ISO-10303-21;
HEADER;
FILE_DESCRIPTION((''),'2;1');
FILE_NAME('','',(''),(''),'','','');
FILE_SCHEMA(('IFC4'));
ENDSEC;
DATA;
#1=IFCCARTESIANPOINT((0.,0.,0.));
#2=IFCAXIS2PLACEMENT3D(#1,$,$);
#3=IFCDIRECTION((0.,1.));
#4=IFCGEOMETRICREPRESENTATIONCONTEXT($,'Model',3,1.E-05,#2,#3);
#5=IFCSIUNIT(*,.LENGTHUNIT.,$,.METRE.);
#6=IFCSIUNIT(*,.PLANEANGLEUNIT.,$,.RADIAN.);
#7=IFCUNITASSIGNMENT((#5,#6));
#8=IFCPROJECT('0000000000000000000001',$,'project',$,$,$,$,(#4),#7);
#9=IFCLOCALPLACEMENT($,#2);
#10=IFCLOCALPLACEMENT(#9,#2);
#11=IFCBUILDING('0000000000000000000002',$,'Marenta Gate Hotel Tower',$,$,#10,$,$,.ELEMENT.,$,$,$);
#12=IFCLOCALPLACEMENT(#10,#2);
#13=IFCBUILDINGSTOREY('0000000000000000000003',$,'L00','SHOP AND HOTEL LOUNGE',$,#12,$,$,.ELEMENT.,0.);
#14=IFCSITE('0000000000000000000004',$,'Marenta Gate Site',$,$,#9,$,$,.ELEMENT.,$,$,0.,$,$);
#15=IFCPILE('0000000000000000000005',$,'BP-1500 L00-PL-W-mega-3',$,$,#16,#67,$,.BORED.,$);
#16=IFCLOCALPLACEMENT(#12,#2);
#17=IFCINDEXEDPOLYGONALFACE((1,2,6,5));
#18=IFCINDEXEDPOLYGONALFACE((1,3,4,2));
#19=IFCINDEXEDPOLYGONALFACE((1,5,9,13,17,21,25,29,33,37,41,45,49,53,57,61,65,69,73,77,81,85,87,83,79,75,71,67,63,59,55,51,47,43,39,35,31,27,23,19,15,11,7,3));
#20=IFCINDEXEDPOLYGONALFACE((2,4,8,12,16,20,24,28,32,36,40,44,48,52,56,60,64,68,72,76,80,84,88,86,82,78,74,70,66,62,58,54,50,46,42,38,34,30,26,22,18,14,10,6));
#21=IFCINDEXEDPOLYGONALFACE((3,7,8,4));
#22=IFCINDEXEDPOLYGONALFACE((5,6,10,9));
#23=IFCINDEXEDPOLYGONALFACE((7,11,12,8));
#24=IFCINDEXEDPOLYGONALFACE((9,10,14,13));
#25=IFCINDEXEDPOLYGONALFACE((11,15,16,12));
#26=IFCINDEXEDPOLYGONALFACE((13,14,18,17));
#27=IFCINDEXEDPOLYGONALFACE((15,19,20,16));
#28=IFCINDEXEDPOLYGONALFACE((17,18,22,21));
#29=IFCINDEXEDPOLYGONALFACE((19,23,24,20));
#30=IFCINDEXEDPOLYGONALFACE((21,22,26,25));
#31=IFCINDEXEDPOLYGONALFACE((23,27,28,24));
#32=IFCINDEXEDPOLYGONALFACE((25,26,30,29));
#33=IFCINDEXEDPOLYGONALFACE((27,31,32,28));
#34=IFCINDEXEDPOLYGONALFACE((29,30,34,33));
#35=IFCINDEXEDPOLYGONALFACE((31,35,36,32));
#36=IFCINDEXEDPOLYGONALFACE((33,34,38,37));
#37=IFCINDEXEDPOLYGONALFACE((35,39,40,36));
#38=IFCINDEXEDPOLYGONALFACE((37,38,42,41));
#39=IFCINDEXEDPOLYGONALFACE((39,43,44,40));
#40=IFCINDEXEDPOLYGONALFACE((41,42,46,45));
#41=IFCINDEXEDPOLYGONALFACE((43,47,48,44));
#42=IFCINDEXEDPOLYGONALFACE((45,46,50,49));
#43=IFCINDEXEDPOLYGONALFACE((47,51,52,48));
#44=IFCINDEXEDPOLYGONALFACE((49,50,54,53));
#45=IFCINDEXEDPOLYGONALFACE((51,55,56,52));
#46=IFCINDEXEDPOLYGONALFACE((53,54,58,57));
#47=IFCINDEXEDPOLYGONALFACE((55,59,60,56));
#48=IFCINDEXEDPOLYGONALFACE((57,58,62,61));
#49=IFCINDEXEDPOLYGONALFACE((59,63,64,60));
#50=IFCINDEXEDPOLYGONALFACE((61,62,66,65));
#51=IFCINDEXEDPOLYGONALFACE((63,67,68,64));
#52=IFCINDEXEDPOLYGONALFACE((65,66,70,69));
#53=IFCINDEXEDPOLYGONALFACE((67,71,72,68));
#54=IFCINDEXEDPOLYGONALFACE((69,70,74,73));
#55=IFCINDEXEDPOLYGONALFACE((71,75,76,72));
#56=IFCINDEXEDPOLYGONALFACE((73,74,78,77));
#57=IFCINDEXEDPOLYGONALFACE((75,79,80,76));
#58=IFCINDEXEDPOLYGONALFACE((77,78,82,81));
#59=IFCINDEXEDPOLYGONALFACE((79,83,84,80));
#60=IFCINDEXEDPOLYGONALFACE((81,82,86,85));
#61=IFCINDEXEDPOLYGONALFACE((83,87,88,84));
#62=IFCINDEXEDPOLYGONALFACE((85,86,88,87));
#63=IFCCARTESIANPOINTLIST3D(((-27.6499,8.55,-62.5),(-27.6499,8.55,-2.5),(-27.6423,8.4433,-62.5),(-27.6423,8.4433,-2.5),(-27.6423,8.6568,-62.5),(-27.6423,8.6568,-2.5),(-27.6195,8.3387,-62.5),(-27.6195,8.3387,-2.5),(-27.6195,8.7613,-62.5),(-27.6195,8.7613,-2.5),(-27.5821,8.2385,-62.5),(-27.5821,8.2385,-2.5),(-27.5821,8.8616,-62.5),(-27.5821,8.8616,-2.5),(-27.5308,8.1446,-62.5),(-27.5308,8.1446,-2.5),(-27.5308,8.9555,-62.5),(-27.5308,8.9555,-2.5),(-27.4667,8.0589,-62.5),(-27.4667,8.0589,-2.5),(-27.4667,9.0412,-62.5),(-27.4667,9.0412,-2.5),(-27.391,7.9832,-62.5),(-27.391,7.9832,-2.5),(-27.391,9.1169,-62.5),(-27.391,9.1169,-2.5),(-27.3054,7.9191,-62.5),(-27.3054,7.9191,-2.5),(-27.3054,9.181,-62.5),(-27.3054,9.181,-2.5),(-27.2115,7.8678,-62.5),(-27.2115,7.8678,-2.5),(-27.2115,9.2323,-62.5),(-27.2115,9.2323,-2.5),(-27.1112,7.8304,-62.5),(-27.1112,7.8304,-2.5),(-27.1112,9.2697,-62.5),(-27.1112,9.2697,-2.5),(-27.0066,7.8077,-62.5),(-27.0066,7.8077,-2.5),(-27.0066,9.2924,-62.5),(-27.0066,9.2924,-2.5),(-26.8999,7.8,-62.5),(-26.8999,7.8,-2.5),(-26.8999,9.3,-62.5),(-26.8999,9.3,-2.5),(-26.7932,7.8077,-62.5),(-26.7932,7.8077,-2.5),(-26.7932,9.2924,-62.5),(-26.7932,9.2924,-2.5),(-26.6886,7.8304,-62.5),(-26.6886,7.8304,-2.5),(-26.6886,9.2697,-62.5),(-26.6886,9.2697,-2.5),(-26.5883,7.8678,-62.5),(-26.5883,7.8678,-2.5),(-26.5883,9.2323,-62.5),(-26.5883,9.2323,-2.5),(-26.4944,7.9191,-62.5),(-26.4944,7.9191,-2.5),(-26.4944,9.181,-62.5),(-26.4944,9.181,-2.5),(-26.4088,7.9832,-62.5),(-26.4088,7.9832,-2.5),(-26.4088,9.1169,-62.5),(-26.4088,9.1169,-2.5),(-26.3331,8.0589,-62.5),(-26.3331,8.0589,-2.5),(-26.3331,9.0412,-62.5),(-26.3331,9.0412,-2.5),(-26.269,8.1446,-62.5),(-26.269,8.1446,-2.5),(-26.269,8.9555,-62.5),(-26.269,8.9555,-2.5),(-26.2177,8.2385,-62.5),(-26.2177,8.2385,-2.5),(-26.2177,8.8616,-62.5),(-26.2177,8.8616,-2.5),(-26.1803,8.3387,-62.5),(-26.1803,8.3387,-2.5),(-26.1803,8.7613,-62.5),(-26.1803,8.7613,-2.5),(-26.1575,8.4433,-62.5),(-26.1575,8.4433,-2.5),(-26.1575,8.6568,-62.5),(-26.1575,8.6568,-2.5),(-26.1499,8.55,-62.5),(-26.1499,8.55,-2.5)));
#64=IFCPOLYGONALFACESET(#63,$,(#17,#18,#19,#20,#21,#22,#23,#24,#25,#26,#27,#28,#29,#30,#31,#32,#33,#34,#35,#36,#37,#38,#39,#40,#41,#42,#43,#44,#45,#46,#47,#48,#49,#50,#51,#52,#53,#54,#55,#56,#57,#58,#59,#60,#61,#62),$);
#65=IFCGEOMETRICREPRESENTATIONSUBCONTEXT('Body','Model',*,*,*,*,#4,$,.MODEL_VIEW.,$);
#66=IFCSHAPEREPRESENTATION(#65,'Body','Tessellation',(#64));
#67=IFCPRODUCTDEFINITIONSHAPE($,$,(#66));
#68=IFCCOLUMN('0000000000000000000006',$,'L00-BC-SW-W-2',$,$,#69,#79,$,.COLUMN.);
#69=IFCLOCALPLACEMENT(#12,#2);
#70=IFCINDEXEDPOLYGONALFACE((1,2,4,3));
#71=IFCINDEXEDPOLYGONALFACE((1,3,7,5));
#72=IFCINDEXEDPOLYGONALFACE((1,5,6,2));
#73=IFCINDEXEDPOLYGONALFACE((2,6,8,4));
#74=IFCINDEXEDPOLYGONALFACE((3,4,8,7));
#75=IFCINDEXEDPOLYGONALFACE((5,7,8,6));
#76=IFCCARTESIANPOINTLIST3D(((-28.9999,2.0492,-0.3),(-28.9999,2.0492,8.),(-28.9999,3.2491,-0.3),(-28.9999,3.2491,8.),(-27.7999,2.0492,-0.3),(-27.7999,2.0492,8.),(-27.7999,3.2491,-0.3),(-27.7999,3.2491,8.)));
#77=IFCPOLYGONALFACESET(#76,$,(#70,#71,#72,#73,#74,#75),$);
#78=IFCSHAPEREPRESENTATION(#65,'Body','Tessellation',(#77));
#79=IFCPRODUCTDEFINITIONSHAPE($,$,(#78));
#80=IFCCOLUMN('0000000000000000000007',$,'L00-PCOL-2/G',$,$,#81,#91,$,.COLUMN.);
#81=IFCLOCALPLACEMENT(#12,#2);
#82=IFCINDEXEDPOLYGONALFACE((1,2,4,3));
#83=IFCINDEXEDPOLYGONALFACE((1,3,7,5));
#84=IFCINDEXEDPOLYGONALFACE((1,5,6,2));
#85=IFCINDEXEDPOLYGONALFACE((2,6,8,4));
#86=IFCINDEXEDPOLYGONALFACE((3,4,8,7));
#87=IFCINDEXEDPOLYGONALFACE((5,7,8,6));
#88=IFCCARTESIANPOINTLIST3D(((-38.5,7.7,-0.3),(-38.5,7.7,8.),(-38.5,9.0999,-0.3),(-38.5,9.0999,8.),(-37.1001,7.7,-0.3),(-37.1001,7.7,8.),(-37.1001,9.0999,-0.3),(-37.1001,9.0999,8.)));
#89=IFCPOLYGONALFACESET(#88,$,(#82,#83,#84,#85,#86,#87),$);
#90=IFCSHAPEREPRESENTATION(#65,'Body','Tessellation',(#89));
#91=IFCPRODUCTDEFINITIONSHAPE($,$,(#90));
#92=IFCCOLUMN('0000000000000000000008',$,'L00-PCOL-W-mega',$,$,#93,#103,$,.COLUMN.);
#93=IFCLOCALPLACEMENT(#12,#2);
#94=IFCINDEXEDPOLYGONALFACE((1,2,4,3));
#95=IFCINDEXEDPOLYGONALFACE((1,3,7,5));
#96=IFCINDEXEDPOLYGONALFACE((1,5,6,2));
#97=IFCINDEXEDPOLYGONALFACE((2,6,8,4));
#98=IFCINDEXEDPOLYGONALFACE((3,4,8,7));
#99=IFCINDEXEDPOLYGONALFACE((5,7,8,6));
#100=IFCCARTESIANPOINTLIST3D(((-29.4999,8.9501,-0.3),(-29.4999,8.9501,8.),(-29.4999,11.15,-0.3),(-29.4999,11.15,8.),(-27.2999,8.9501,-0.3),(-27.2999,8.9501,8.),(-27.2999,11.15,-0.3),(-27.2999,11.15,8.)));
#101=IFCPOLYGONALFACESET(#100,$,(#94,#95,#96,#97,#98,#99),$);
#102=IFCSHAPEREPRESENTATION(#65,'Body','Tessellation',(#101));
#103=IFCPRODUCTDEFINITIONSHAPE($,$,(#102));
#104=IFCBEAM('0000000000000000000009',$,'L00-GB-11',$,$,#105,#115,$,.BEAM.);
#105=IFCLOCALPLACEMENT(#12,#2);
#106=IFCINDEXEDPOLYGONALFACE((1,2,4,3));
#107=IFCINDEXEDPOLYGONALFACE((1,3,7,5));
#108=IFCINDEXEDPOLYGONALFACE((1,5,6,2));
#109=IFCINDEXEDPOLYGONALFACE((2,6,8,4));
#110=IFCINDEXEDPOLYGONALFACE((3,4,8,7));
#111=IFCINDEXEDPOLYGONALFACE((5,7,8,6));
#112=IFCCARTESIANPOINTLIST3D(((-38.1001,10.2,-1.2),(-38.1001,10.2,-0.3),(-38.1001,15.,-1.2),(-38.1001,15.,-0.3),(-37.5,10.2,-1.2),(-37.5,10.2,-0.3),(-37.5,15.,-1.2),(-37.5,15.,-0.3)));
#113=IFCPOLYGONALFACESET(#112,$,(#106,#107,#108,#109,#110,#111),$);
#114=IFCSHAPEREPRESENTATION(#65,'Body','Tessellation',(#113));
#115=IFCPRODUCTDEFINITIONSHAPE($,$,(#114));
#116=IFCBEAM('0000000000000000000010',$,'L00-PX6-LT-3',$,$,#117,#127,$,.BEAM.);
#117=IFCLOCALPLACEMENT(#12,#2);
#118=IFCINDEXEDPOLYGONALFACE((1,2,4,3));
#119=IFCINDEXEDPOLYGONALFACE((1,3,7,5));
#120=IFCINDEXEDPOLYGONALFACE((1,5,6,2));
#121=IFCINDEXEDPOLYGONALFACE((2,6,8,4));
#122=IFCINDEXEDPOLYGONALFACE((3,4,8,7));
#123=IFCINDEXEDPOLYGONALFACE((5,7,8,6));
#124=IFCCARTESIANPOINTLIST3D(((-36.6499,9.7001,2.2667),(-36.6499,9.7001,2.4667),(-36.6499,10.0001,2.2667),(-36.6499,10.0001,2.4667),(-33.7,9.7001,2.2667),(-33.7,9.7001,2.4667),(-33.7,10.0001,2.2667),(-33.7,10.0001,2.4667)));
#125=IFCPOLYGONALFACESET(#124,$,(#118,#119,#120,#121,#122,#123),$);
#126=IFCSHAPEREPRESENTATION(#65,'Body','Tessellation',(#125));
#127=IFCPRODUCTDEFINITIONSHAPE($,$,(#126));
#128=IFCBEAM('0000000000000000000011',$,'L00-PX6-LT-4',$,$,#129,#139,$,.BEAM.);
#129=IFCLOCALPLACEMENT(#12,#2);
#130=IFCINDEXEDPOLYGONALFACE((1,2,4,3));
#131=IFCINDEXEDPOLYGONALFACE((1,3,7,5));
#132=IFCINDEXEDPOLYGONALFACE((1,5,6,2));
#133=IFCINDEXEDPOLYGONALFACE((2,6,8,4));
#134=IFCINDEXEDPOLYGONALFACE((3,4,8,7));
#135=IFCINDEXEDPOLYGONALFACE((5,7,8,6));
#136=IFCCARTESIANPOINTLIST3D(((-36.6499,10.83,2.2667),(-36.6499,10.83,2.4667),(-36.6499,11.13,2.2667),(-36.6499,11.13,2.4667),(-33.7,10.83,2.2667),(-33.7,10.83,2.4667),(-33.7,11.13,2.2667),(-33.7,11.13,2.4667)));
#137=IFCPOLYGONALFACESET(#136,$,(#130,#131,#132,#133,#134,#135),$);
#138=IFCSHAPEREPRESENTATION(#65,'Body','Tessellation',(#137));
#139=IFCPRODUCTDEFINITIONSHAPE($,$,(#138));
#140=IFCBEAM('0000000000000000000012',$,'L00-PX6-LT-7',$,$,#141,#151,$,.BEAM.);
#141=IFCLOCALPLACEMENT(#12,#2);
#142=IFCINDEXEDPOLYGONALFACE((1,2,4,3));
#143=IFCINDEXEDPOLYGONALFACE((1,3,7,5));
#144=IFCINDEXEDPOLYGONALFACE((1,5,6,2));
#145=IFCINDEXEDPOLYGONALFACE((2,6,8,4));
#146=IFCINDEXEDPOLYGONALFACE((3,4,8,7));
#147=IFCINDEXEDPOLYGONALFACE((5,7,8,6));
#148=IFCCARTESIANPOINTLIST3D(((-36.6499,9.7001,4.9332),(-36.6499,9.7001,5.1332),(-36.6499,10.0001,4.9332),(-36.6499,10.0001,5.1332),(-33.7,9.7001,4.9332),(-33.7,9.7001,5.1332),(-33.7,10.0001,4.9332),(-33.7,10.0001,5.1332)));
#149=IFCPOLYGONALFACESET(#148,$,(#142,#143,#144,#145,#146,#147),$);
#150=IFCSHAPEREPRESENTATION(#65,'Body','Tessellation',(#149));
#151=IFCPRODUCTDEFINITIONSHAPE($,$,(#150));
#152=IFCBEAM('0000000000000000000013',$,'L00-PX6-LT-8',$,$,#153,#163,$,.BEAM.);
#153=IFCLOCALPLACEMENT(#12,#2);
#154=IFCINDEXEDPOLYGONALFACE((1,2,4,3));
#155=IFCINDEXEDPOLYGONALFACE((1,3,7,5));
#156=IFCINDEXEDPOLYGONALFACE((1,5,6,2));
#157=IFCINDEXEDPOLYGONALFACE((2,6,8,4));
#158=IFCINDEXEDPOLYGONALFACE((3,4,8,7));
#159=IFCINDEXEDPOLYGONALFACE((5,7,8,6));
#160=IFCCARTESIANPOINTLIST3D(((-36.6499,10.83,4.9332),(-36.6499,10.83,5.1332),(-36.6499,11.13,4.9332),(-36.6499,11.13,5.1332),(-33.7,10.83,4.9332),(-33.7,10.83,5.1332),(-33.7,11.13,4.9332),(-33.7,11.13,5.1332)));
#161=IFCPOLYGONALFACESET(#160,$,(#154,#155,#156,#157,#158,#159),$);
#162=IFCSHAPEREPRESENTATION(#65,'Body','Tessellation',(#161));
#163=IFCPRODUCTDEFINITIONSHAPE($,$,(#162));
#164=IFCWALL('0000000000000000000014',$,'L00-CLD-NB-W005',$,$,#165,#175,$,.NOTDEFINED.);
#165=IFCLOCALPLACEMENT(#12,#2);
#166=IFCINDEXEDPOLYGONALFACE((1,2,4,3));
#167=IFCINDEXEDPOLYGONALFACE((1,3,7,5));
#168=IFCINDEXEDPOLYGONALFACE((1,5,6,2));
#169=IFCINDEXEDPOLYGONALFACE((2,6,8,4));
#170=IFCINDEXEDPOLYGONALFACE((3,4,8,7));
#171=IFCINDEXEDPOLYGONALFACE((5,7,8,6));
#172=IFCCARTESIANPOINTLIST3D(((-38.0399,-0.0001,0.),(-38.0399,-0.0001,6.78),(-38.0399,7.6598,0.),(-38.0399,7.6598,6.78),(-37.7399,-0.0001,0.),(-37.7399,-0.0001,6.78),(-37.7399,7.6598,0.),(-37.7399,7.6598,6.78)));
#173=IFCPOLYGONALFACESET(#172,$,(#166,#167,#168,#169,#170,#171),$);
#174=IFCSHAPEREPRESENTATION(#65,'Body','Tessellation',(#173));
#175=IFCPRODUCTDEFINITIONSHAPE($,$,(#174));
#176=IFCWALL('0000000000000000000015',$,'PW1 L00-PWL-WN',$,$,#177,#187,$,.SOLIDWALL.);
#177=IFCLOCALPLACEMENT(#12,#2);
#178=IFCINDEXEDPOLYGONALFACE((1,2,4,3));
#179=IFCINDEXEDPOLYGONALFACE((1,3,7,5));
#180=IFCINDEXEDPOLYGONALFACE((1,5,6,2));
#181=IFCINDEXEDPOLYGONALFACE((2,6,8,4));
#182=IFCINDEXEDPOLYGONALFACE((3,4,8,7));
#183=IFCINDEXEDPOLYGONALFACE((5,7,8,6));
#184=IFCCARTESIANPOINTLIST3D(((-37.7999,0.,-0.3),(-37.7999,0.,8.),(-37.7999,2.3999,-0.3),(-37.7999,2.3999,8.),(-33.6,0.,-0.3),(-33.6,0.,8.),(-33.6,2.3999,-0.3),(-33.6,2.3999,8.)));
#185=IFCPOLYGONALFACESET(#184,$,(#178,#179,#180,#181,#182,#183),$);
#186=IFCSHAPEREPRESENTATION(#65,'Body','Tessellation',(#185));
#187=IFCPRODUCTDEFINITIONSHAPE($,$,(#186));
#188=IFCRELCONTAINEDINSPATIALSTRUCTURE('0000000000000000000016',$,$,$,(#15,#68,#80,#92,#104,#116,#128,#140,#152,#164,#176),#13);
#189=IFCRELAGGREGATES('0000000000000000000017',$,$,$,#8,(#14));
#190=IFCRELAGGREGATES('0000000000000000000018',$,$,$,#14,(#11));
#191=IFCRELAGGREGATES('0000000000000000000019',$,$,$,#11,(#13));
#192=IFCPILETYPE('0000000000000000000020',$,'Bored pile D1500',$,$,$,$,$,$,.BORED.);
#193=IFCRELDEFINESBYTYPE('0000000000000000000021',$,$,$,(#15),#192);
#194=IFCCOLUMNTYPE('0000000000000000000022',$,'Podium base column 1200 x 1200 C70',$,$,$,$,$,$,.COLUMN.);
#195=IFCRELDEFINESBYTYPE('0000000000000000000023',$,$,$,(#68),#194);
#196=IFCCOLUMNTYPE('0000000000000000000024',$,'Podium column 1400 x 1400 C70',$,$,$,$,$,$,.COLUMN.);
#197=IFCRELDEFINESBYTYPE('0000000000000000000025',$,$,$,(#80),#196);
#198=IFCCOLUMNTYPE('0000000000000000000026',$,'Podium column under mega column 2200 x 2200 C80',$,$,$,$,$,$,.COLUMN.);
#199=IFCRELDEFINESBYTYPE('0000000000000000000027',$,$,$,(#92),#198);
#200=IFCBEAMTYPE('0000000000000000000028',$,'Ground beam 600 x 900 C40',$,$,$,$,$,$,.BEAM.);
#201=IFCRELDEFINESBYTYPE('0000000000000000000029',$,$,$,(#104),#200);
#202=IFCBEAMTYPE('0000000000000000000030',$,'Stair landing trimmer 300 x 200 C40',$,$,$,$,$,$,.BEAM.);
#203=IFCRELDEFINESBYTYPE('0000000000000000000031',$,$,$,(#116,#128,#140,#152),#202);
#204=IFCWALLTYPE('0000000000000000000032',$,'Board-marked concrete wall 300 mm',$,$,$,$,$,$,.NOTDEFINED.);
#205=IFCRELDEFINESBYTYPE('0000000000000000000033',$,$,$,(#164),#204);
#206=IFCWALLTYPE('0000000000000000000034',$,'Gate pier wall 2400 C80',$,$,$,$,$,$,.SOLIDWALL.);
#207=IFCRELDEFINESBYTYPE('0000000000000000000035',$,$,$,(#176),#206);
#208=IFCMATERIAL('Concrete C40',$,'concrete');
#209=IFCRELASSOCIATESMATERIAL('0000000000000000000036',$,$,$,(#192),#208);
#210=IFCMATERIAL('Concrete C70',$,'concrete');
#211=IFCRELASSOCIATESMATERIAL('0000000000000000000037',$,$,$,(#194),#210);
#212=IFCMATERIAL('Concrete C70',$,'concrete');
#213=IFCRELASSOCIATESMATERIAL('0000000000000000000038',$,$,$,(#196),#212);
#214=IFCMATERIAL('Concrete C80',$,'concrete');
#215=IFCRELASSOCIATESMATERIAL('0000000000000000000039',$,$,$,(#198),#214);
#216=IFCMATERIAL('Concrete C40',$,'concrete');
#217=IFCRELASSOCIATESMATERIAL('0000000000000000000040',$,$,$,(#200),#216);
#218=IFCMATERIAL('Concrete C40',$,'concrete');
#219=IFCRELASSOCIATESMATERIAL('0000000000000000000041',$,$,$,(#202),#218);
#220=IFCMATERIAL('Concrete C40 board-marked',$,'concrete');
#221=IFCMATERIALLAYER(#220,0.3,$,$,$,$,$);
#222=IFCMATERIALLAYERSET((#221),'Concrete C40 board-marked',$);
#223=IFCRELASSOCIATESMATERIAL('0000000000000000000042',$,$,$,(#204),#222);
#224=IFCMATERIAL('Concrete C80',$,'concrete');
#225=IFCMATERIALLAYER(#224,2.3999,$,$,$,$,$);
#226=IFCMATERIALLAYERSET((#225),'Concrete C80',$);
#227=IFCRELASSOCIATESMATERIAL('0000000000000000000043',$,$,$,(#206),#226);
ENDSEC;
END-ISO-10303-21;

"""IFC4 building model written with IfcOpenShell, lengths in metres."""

from ifc_helpers import new_model, si_unit, direction, frame, frame_2d, origin, origin_2d, place, context, subcontext, project, spatial, rectangle, circle, extrude, material, layer, layer_set, material_profile, profile_set, type_object, element, save


model = new_model("IFC4")

# Units and contexts
model_context = context("Model", 3, precision=1e-05, world=origin(), true_north=direction((0.0, 1.0)))
body_context = subcontext(model_context, "Body", "Model", "MODEL_VIEW")
ifc_project = project(units=[si_unit("LENGTHUNIT", "METRE"), si_unit("PLANEANGLEUNIT", "RADIAN")], contexts=[model_context])

# Site, building, storey
site_placement = place(None, origin())
site = spatial("IfcSite", under=ifc_project, at=site_placement, Name="Marenta Gate Site", CompositionType="ELEMENT", RefElevation=0.0)
building_placement = place(site_placement, origin())
building = spatial("IfcBuilding", under=site, at=building_placement, Name="Marenta Gate Hotel Tower", CompositionType="ELEMENT")
storey_placement = place(building_placement, origin())
storey = spatial("IfcBuildingStorey", under=building, at=storey_placement, Name="L00", Description="SHOP AND HOTEL LOUNGE", CompositionType="ELEMENT", Elevation=0.0)

# Pile
ifc_material_1 = material(Name="Concrete C40", Category="concrete")
pile_type = type_object("IfcPileType", Name="Bored pile D1500", PredefinedType="BORED", material=ifc_material_1)
for number, where, z_axis, x_axis, name in (
    (1, (-26.8999, 8.55, -2.5), (0.0, 0.0, -1.0), (1.0, 0.0, 0.0), "BP-1500 L00-PL-W-mega-3"),
):
    element("IfcPile", number, at=place(storey_placement, frame(where, z_axis=z_axis, x_axis=x_axis)), inside=storey, type_object=pile_type, Name=name, PredefinedType="BORED", context=body_context, shape_type="SweptSolid", body=[
        extrude(circle(Radius=0.75, at=origin_2d()), origin(), (0.0, 0.0, 1.0), 60.0),
    ])

# Columns
ifc_material_2 = material(Name="Concrete C70", Category="concrete")
ifc_material_profile_1 = material_profile(ifc_material_2, rectangle(XDim=1.2, YDim=1.2, at=origin_2d()), Name="1200 x 1200")
ifc_profile_set_1 = profile_set([ifc_material_profile_1], Name="Concrete C70")
column_type_1 = type_object("IfcColumnType", Name="Podium base column 1200 x 1200 C70", PredefinedType="COLUMN", material=ifc_profile_set_1)
column_1_placement = place(storey_placement, frame((-28.3999, 2.6492, -0.3), z_axis=(0.0, 0.0, 1.0), x_axis=(1.0, 0.0, 0.0)))
element("IfcColumn", 2, at=column_1_placement, inside=storey, type_object=column_type_1, Name="L00-BC-SW-W-2", PredefinedType="COLUMN", context=body_context, shape_type="SweptSolid", body=[
    extrude(rectangle(XDim=1.2, YDim=1.2, at=origin_2d()), origin(), (0.0, 0.0, 1.0), 8.3),
])
ifc_material_3 = material(Name="Concrete C70", Category="concrete")
ifc_material_profile_2 = material_profile(ifc_material_3, rectangle(XDim=1.3999, YDim=1.3999, at=origin_2d()), Name="1400 x 1400")
ifc_profile_set_2 = profile_set([ifc_material_profile_2], Name="Concrete C70")
column_type_2 = type_object("IfcColumnType", Name="Podium column 1400 x 1400 C70", PredefinedType="COLUMN", material=ifc_profile_set_2)
column_2_placement = place(storey_placement, frame((-37.8, 8.3999, -0.3), z_axis=(0.0, 0.0, 1.0), x_axis=(1.0, 0.0, 0.0)))
element("IfcColumn", 3, at=column_2_placement, inside=storey, type_object=column_type_2, Name="L00-PCOL-2/G", PredefinedType="COLUMN", context=body_context, shape_type="SweptSolid", body=[
    extrude(rectangle(XDim=1.3999, YDim=1.3999, at=origin_2d()), origin(), (0.0, 0.0, 1.0), 8.3),
])
ifc_material_4 = material(Name="Concrete C80", Category="concrete")
ifc_material_profile_3 = material_profile(ifc_material_4, rectangle(XDim=2.2, YDim=2.2, at=origin_2d()), Name="2200 x 2200")
ifc_profile_set_3 = profile_set([ifc_material_profile_3], Name="Concrete C80")
column_type_3 = type_object("IfcColumnType", Name="Podium column under mega column 2200 x 2200 C80", PredefinedType="COLUMN", material=ifc_profile_set_3)
column_3_placement = place(storey_placement, frame((-28.3999, 10.05, -0.3), z_axis=(0.0, 0.0, 1.0), x_axis=(1.0, 0.0, 0.0)))
element("IfcColumn", 4, at=column_3_placement, inside=storey, type_object=column_type_3, Name="L00-PCOL-W-mega", PredefinedType="COLUMN", context=body_context, shape_type="SweptSolid", body=[
    extrude(rectangle(XDim=2.2, YDim=2.2, at=origin_2d()), origin(), (0.0, 0.0, 1.0), 8.3),
])

# Beams
ifc_material_5 = material(Name="Concrete C40", Category="concrete")
ifc_material_profile_4 = material_profile(ifc_material_5, rectangle(XDim=0.6001, YDim=0.8999, at=origin_2d()), Name="600 x 900")
ifc_profile_set_4 = profile_set([ifc_material_profile_4], Name="Concrete C40")
beam_type_1 = type_object("IfcBeamType", Name="Ground beam 600 x 900 C40", PredefinedType="BEAM", material=ifc_profile_set_4)
beam_placement = place(storey_placement, frame((-37.8, 10.2, -0.75), z_axis=(0.0, 1.0, 0.0), x_axis=(-1.0, 0.0, 0.0)))
element("IfcBeam", 5, at=beam_placement, inside=storey, type_object=beam_type_1, Name="L00-GB-11", PredefinedType="BEAM", context=body_context, shape_type="SweptSolid", body=[
    extrude(rectangle(XDim=0.6001, YDim=0.8999, at=origin_2d()), origin(), (0.0, 0.0, 1.0), 4.8),
])
ifc_material_6 = material(Name="Concrete C40", Category="concrete")
ifc_material_profile_5 = material_profile(ifc_material_6, rectangle(XDim=0.3, YDim=0.2, at=origin_2d()), Name="300 x 200")
ifc_profile_set_5 = profile_set([ifc_material_profile_5], Name="Concrete C40")
beam_type_2 = type_object("IfcBeamType", Name="Stair landing trimmer 300 x 200 C40", PredefinedType="BEAM", material=ifc_profile_set_5)
for number, where, z_axis, x_axis, name in (
    (6, (-36.6499, 9.8501, 2.3667), (1.0, 0.0, 0.0), (0.0, 1.0, 0.0), "L00-PX6-LT-3"),
    (7, (-36.6499, 10.98, 2.3667), (1.0, 0.0, 0.0), (0.0, 1.0, 0.0), "L00-PX6-LT-4"),
    (8, (-36.6499, 9.8501, 5.0332), (1.0, 0.0, 0.0), (0.0, 1.0, 0.0), "L00-PX6-LT-7"),
    (9, (-36.6499, 10.98, 5.0332), (1.0, 0.0, 0.0), (0.0, 1.0, 0.0), "L00-PX6-LT-8"),
):
    element("IfcBeam", number, at=place(storey_placement, frame(where, z_axis=z_axis, x_axis=x_axis)), inside=storey, type_object=beam_type_2, Name=name, PredefinedType="BEAM", context=body_context, shape_type="SweptSolid", body=[
        extrude(rectangle(XDim=0.3, YDim=0.2, at=origin_2d()), origin(), (0.0, 0.0, 1.0), 2.95),
    ])

# Walls
ifc_material_7 = material(Name="Concrete C40 board-marked", Category="concrete")
ifc_layer_1 = layer(ifc_material_7, 0.3)
ifc_layer_set_1 = layer_set([ifc_layer_1], Name="Concrete C40 board-marked")
wall_type_1 = type_object("IfcWallType", Name="Board-marked concrete wall 300 mm", PredefinedType="NOTDEFINED", material=ifc_layer_set_1)
wall_1_placement = place(storey_placement, frame((-37.8899, 7.6599, 0.0), z_axis=(0.0, 0.0, 1.0), x_axis=(0.0, -1.0, 0.0)))
element("IfcWall", 10, at=wall_1_placement, inside=storey, type_object=wall_type_1, Name="L00-CLD-NB-W005", PredefinedType="NOTDEFINED", context=body_context, shape_type="SweptSolid", body=[
    extrude(rectangle(XDim=7.6599, YDim=0.3, at=frame_2d((3.8301, 0.0))), origin(), (0.0, 0.0, 1.0), 6.78),
])
ifc_material_8 = material(Name="Concrete C80", Category="concrete")
ifc_layer_2 = layer(ifc_material_8, 2.3999)
ifc_layer_set_2 = layer_set([ifc_layer_2], Name="Concrete C80")
wall_type_2 = type_object("IfcWallType", Name="Gate pier wall 2400 C80", PredefinedType="SOLIDWALL", material=ifc_layer_set_2)
wall_2_placement = place(storey_placement, frame((-37.8, 1.2, -0.3), z_axis=(0.0, 0.0, 1.0), x_axis=(1.0, 0.0, 0.0)))
element("IfcWall", 11, at=wall_2_placement, inside=storey, type_object=wall_type_2, Name="PW1 L00-PWL-WN", PredefinedType="SOLIDWALL", context=body_context, shape_type="SweptSolid", body=[
    extrude(rectangle(XDim=4.2, YDim=2.3999, at=frame_2d((2.1001, 0.0))), origin(), (0.0, 0.0, 1.0), 8.3),
])

save(model, "model.ifc")
